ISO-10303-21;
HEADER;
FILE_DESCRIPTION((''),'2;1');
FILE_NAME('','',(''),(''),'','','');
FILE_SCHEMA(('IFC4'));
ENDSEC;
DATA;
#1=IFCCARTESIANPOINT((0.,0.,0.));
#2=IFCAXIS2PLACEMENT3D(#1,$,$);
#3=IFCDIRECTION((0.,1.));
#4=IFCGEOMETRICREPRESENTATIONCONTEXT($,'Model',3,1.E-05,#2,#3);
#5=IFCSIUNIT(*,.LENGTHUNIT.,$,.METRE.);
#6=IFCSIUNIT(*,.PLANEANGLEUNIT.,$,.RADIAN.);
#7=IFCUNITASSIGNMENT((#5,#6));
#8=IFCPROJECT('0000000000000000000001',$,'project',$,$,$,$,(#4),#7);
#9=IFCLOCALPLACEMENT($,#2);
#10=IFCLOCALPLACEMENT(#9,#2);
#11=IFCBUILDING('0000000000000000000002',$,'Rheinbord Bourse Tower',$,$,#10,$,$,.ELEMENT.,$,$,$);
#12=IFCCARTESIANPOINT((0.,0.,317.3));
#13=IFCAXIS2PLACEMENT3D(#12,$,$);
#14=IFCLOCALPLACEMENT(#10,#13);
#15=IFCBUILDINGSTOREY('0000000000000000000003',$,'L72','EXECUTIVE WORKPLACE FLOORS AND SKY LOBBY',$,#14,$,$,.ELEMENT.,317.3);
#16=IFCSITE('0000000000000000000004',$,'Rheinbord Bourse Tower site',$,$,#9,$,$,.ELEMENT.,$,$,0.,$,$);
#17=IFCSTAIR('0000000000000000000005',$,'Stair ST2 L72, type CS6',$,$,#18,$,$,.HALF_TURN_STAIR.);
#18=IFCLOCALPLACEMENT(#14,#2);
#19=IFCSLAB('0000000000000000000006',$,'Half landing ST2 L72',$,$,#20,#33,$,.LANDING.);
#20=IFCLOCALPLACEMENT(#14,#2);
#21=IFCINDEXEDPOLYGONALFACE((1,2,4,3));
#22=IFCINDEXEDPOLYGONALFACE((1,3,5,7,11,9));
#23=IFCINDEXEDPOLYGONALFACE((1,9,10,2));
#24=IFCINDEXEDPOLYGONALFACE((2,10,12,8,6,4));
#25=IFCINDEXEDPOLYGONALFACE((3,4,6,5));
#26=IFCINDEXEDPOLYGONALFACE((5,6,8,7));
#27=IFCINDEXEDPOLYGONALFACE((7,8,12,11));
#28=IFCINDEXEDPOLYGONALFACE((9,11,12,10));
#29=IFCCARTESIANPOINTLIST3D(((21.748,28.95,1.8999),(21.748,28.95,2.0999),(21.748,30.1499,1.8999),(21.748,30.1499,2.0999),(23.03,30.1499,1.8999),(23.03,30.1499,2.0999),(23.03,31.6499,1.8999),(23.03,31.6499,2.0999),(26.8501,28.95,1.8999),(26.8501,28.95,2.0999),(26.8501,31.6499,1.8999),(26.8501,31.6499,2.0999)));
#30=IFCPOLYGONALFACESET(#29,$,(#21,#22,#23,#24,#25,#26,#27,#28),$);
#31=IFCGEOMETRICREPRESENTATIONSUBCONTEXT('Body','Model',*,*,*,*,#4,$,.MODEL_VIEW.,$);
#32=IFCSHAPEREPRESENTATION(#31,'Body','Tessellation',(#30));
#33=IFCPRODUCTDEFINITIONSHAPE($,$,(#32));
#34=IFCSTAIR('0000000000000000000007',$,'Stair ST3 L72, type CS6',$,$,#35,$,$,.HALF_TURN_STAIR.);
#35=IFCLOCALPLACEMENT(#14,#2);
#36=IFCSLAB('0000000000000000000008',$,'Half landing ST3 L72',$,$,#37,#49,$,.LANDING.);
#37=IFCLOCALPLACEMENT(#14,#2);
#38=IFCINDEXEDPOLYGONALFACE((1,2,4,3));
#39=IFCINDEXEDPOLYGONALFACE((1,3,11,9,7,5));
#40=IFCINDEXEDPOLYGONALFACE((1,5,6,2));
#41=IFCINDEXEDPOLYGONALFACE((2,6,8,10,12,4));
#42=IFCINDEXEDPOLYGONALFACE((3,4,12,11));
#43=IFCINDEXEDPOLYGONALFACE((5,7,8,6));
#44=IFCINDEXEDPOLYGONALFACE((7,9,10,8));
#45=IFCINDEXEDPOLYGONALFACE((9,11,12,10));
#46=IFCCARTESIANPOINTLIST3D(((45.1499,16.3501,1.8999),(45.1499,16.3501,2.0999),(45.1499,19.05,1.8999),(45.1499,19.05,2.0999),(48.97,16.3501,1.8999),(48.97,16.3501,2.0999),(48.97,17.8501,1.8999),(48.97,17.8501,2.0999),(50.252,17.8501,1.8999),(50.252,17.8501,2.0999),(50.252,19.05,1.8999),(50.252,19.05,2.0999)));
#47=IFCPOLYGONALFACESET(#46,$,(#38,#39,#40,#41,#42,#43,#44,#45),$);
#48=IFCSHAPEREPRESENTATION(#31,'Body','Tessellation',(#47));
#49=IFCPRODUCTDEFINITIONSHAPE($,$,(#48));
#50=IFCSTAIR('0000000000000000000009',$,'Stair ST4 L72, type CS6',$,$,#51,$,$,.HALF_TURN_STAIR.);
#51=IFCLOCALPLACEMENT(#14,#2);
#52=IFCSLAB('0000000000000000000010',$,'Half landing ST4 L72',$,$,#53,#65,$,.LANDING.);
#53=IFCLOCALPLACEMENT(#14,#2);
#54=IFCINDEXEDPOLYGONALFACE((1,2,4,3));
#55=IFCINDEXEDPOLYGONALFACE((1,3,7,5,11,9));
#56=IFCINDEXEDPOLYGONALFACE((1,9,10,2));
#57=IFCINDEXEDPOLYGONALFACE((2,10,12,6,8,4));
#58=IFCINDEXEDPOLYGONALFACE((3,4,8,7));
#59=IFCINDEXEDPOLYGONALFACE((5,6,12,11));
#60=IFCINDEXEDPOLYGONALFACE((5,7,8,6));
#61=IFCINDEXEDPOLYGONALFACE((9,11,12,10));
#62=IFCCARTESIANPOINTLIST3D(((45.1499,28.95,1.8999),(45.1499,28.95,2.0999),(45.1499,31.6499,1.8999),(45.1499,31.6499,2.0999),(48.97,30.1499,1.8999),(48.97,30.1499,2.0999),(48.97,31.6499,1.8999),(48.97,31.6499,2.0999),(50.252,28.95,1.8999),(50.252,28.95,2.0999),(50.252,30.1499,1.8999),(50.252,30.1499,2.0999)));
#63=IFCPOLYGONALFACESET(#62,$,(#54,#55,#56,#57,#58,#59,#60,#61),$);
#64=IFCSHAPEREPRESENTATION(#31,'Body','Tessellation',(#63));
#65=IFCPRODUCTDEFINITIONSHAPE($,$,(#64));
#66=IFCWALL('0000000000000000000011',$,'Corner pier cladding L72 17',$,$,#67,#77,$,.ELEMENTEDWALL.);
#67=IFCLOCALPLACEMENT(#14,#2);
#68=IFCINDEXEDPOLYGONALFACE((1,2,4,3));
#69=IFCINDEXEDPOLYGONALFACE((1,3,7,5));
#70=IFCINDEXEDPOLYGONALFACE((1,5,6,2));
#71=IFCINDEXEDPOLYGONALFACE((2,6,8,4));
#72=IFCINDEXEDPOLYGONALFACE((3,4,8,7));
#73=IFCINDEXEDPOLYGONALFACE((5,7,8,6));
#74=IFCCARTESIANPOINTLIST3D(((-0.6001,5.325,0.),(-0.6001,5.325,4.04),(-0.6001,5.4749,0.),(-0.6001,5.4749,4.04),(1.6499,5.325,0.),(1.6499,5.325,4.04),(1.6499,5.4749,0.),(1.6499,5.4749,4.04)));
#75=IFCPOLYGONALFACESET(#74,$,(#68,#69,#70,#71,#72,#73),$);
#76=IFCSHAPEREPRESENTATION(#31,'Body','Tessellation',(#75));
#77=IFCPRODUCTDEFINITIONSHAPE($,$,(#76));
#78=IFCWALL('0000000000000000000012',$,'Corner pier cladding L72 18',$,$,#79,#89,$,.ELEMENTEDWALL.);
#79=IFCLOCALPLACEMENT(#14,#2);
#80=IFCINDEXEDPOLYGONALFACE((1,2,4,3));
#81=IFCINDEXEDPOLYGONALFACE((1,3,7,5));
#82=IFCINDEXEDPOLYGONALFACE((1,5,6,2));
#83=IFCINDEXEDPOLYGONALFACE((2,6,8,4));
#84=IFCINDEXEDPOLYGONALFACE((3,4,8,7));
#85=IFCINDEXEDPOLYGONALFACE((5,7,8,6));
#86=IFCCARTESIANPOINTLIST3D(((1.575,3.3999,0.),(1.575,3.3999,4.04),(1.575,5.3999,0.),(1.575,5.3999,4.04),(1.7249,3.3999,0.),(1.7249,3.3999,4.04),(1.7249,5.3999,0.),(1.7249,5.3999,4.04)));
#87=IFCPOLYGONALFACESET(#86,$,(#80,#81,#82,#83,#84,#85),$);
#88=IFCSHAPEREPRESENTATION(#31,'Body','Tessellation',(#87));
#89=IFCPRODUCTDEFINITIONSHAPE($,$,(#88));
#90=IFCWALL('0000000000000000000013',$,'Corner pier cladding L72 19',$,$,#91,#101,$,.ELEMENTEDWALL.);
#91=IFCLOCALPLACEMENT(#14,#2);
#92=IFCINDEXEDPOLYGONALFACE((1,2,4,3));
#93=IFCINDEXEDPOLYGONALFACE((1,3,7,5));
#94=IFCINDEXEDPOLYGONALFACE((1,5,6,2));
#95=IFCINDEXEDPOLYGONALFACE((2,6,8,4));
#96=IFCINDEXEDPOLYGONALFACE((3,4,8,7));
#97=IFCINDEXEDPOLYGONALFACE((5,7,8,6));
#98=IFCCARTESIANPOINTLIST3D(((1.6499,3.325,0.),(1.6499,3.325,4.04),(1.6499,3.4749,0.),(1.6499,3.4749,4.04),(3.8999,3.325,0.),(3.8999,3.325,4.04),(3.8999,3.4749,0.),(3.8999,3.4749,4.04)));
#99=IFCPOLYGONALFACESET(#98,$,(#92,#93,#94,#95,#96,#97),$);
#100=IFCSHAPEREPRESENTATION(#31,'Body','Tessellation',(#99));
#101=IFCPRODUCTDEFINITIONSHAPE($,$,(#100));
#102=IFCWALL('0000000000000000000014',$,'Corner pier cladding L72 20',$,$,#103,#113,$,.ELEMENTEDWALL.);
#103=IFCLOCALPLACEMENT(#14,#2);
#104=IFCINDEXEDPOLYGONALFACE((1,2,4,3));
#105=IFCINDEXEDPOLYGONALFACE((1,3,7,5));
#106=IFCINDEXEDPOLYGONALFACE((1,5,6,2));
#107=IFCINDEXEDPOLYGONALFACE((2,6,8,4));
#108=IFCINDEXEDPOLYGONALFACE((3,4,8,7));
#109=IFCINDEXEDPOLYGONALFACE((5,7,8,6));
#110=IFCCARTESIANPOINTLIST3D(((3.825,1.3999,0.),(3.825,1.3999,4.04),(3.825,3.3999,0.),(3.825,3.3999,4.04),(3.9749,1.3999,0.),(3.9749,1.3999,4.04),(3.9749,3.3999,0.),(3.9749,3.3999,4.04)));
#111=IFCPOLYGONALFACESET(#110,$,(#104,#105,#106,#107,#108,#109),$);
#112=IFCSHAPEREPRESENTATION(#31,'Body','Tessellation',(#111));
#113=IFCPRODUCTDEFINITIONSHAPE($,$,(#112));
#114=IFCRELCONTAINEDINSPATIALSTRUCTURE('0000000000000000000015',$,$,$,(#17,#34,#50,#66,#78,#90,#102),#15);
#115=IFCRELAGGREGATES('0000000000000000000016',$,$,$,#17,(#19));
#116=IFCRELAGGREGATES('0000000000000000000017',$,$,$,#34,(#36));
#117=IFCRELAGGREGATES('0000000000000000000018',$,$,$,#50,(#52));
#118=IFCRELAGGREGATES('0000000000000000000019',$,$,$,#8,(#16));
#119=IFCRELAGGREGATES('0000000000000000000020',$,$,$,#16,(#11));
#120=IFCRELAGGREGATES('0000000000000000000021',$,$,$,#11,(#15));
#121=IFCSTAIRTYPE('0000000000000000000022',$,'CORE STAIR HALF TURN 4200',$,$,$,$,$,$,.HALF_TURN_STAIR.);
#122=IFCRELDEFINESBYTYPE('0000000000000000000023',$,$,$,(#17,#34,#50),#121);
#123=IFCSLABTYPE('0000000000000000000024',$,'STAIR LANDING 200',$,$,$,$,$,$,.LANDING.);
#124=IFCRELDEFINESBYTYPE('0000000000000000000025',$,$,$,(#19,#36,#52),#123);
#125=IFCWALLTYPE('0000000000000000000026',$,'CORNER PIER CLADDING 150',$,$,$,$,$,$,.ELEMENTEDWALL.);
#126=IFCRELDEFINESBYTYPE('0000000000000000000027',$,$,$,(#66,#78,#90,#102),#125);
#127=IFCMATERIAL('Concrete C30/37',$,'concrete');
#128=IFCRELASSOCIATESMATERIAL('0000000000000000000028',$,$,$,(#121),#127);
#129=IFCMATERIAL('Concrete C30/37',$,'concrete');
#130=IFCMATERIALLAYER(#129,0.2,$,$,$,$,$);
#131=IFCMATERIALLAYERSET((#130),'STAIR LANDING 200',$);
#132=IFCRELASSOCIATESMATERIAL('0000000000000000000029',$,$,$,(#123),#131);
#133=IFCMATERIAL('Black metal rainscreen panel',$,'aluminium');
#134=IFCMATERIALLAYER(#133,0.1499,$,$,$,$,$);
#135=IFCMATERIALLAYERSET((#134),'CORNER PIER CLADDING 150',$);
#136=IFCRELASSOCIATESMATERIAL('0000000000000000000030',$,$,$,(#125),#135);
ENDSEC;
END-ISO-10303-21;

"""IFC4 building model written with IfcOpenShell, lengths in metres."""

from ifc_helpers import new_model, si_unit, direction, frame, frame_2d, origin, place, context, subcontext, project, spatial, polyline, rectangle, outline, extrude, material, layer, layer_set, type_object, element, aggregate, save


model = new_model("IFC4")

# Units and contexts
model_context = context("Model", 3, precision=1e-05, world=origin(), true_north=direction((0.0, 1.0)))
body_context = subcontext(model_context, "Body", "Model", "MODEL_VIEW")
ifc_project = project(units=[si_unit("LENGTHUNIT", "METRE"), si_unit("PLANEANGLEUNIT", "RADIAN")], contexts=[model_context])

# Site, building, storey
site_placement = place(None, origin())
site = spatial("IfcSite", under=ifc_project, at=site_placement, Name="Rheinbord Bourse Tower site", CompositionType="ELEMENT", RefElevation=0.0)
building_placement = place(site_placement, origin())
building = spatial("IfcBuilding", under=site, at=building_placement, Name="Rheinbord Bourse Tower", CompositionType="ELEMENT")
storey_placement = place(building_placement, frame((0.0, 0.0, 317.3)))
storey = spatial("IfcBuildingStorey", under=building, at=storey_placement, Name="L72", Description="EXECUTIVE WORKPLACE FLOORS AND SKY LOBBY", CompositionType="ELEMENT", Elevation=317.3)

# Stairs, slabs
ifc_material_1 = material(Name="Concrete C30/37", Category="concrete")
stair_type = type_object("IfcStairType", Name="CORE STAIR HALF TURN 4200", PredefinedType="HALF_TURN_STAIR", material=ifc_material_1)
ifc_material_2 = material(Name="Concrete C30/37", Category="concrete")
ifc_layer_1 = layer(ifc_material_2, 0.2)
ifc_layer_set_1 = layer_set([ifc_layer_1], Name="STAIR LANDING 200")
slab_type_1 = type_object("IfcSlabType", Name="STAIR LANDING 200", PredefinedType="LANDING", material=ifc_layer_set_1)
stair_1_placement = place(storey_placement, origin())
stair_1 = element("IfcStair", 1, at=stair_1_placement, inside=storey, type_object=stair_type, Name="Stair ST2 L72, type CS6", PredefinedType="HALF_TURN_STAIR")
slab_1_placement = place(storey_placement, frame((0.0, 0.0, 1.8999)))
slab_1 = element("IfcSlab", 2, at=slab_1_placement, type_object=slab_type_1, Name="Half landing ST2 L72", PredefinedType="LANDING", context=body_context, shape_type="SweptSolid", body=[
    extrude(outline(polyline([(21.748, 28.95), (26.8501, 28.95), (26.8501, 31.6499), (23.03, 31.6499), (23.03, 30.1499), (21.748, 30.1499), (21.748, 28.95)])), origin(), (0.0, 0.0, 1.0), 0.2),
])
aggregate(stair_1, [slab_1])
stair_2_placement = place(storey_placement, origin())
stair_2 = element("IfcStair", 3, at=stair_2_placement, inside=storey, type_object=stair_type, Name="Stair ST3 L72, type CS6", PredefinedType="HALF_TURN_STAIR")
slab_2_placement = place(storey_placement, frame((0.0, 0.0, 1.8999)))
slab_2 = element("IfcSlab", 4, at=slab_2_placement, type_object=slab_type_1, Name="Half landing ST3 L72", PredefinedType="LANDING", context=body_context, shape_type="SweptSolid", body=[
    extrude(outline(polyline([(45.1499, 16.3501), (48.97, 16.3501), (48.97, 17.8501), (50.252, 17.8501), (50.252, 19.05), (45.1499, 19.05), (45.1499, 16.3501)])), origin(), (0.0, 0.0, 1.0), 0.2),
])
aggregate(stair_2, [slab_2])
stair_3_placement = place(storey_placement, origin())
stair_3 = element("IfcStair", 5, at=stair_3_placement, inside=storey, type_object=stair_type, Name="Stair ST4 L72, type CS6", PredefinedType="HALF_TURN_STAIR")
slab_3_placement = place(storey_placement, frame((0.0, 0.0, 1.8999)))
slab_3 = element("IfcSlab", 6, at=slab_3_placement, type_object=slab_type_1, Name="Half landing ST4 L72", PredefinedType="LANDING", context=body_context, shape_type="SweptSolid", body=[
    extrude(outline(polyline([(45.1499, 28.95), (50.252, 28.95), (50.252, 30.1499), (48.97, 30.1499), (48.97, 31.6499), (45.1499, 31.6499), (45.1499, 28.95)])), origin(), (0.0, 0.0, 1.0), 0.2),
])
aggregate(stair_3, [slab_3])

# Walls
ifc_material_3 = material(Name="Black metal rainscreen panel", Category="aluminium")
ifc_layer_2 = layer(ifc_material_3, 0.1499)
ifc_layer_set_2 = layer_set([ifc_layer_2], Name="CORNER PIER CLADDING 150")
wall_type = type_object("IfcWallType", Name="CORNER PIER CLADDING 150", PredefinedType="ELEMENTEDWALL", material=ifc_layer_set_2)
wall_1_placement = place(storey_placement, frame((-0.6001, 5.3999, 0.0), z_axis=(0.0, 0.0, 1.0), x_axis=(1.0, 0.0, 0.0)))
element("IfcWall", 7, at=wall_1_placement, inside=storey, type_object=wall_type, Name="Corner pier cladding L72 17", PredefinedType="ELEMENTEDWALL", context=body_context, shape_type="SweptSolid", body=[
    extrude(rectangle(XDim=2.25, YDim=0.1499, at=frame_2d((1.125, 0.0))), origin(), (0.0, 0.0, 1.0), 4.04),
])
wall_2_placement = place(storey_placement, frame((1.6499, 5.3999, 0.0), z_axis=(0.0, 0.0, 1.0), x_axis=(0.0, -1.0, 0.0)))
element("IfcWall", 8, at=wall_2_placement, inside=storey, type_object=wall_type, Name="Corner pier cladding L72 18", PredefinedType="ELEMENTEDWALL", context=body_context, shape_type="SweptSolid", body=[
    extrude(rectangle(XDim=2.0, YDim=0.1499, at=frame_2d((1.0, 0.0))), origin(), (0.0, 0.0, 1.0), 4.04),
])
wall_3_placement = place(storey_placement, frame((1.6499, 3.3999, 0.0), z_axis=(0.0, 0.0, 1.0), x_axis=(1.0, 0.0, 0.0)))
element("IfcWall", 9, at=wall_3_placement, inside=storey, type_object=wall_type, Name="Corner pier cladding L72 19", PredefinedType="ELEMENTEDWALL", context=body_context, shape_type="SweptSolid", body=[
    extrude(rectangle(XDim=2.25, YDim=0.1499, at=frame_2d((1.125, 0.0))), origin(), (0.0, 0.0, 1.0), 4.04),
])
wall_4_placement = place(storey_placement, frame((3.8999, 3.3999, 0.0), z_axis=(0.0, 0.0, 1.0), x_axis=(0.0, -1.0, 0.0)))
element("IfcWall", 10, at=wall_4_placement, inside=storey, type_object=wall_type, Name="Corner pier cladding L72 20", PredefinedType="ELEMENTEDWALL", context=body_context, shape_type="SweptSolid", body=[
    extrude(rectangle(XDim=2.0, YDim=0.1499, at=frame_2d((1.0, 0.0))), origin(), (0.0, 0.0, 1.0), 4.04),
])

save(model, "model.ifc")
